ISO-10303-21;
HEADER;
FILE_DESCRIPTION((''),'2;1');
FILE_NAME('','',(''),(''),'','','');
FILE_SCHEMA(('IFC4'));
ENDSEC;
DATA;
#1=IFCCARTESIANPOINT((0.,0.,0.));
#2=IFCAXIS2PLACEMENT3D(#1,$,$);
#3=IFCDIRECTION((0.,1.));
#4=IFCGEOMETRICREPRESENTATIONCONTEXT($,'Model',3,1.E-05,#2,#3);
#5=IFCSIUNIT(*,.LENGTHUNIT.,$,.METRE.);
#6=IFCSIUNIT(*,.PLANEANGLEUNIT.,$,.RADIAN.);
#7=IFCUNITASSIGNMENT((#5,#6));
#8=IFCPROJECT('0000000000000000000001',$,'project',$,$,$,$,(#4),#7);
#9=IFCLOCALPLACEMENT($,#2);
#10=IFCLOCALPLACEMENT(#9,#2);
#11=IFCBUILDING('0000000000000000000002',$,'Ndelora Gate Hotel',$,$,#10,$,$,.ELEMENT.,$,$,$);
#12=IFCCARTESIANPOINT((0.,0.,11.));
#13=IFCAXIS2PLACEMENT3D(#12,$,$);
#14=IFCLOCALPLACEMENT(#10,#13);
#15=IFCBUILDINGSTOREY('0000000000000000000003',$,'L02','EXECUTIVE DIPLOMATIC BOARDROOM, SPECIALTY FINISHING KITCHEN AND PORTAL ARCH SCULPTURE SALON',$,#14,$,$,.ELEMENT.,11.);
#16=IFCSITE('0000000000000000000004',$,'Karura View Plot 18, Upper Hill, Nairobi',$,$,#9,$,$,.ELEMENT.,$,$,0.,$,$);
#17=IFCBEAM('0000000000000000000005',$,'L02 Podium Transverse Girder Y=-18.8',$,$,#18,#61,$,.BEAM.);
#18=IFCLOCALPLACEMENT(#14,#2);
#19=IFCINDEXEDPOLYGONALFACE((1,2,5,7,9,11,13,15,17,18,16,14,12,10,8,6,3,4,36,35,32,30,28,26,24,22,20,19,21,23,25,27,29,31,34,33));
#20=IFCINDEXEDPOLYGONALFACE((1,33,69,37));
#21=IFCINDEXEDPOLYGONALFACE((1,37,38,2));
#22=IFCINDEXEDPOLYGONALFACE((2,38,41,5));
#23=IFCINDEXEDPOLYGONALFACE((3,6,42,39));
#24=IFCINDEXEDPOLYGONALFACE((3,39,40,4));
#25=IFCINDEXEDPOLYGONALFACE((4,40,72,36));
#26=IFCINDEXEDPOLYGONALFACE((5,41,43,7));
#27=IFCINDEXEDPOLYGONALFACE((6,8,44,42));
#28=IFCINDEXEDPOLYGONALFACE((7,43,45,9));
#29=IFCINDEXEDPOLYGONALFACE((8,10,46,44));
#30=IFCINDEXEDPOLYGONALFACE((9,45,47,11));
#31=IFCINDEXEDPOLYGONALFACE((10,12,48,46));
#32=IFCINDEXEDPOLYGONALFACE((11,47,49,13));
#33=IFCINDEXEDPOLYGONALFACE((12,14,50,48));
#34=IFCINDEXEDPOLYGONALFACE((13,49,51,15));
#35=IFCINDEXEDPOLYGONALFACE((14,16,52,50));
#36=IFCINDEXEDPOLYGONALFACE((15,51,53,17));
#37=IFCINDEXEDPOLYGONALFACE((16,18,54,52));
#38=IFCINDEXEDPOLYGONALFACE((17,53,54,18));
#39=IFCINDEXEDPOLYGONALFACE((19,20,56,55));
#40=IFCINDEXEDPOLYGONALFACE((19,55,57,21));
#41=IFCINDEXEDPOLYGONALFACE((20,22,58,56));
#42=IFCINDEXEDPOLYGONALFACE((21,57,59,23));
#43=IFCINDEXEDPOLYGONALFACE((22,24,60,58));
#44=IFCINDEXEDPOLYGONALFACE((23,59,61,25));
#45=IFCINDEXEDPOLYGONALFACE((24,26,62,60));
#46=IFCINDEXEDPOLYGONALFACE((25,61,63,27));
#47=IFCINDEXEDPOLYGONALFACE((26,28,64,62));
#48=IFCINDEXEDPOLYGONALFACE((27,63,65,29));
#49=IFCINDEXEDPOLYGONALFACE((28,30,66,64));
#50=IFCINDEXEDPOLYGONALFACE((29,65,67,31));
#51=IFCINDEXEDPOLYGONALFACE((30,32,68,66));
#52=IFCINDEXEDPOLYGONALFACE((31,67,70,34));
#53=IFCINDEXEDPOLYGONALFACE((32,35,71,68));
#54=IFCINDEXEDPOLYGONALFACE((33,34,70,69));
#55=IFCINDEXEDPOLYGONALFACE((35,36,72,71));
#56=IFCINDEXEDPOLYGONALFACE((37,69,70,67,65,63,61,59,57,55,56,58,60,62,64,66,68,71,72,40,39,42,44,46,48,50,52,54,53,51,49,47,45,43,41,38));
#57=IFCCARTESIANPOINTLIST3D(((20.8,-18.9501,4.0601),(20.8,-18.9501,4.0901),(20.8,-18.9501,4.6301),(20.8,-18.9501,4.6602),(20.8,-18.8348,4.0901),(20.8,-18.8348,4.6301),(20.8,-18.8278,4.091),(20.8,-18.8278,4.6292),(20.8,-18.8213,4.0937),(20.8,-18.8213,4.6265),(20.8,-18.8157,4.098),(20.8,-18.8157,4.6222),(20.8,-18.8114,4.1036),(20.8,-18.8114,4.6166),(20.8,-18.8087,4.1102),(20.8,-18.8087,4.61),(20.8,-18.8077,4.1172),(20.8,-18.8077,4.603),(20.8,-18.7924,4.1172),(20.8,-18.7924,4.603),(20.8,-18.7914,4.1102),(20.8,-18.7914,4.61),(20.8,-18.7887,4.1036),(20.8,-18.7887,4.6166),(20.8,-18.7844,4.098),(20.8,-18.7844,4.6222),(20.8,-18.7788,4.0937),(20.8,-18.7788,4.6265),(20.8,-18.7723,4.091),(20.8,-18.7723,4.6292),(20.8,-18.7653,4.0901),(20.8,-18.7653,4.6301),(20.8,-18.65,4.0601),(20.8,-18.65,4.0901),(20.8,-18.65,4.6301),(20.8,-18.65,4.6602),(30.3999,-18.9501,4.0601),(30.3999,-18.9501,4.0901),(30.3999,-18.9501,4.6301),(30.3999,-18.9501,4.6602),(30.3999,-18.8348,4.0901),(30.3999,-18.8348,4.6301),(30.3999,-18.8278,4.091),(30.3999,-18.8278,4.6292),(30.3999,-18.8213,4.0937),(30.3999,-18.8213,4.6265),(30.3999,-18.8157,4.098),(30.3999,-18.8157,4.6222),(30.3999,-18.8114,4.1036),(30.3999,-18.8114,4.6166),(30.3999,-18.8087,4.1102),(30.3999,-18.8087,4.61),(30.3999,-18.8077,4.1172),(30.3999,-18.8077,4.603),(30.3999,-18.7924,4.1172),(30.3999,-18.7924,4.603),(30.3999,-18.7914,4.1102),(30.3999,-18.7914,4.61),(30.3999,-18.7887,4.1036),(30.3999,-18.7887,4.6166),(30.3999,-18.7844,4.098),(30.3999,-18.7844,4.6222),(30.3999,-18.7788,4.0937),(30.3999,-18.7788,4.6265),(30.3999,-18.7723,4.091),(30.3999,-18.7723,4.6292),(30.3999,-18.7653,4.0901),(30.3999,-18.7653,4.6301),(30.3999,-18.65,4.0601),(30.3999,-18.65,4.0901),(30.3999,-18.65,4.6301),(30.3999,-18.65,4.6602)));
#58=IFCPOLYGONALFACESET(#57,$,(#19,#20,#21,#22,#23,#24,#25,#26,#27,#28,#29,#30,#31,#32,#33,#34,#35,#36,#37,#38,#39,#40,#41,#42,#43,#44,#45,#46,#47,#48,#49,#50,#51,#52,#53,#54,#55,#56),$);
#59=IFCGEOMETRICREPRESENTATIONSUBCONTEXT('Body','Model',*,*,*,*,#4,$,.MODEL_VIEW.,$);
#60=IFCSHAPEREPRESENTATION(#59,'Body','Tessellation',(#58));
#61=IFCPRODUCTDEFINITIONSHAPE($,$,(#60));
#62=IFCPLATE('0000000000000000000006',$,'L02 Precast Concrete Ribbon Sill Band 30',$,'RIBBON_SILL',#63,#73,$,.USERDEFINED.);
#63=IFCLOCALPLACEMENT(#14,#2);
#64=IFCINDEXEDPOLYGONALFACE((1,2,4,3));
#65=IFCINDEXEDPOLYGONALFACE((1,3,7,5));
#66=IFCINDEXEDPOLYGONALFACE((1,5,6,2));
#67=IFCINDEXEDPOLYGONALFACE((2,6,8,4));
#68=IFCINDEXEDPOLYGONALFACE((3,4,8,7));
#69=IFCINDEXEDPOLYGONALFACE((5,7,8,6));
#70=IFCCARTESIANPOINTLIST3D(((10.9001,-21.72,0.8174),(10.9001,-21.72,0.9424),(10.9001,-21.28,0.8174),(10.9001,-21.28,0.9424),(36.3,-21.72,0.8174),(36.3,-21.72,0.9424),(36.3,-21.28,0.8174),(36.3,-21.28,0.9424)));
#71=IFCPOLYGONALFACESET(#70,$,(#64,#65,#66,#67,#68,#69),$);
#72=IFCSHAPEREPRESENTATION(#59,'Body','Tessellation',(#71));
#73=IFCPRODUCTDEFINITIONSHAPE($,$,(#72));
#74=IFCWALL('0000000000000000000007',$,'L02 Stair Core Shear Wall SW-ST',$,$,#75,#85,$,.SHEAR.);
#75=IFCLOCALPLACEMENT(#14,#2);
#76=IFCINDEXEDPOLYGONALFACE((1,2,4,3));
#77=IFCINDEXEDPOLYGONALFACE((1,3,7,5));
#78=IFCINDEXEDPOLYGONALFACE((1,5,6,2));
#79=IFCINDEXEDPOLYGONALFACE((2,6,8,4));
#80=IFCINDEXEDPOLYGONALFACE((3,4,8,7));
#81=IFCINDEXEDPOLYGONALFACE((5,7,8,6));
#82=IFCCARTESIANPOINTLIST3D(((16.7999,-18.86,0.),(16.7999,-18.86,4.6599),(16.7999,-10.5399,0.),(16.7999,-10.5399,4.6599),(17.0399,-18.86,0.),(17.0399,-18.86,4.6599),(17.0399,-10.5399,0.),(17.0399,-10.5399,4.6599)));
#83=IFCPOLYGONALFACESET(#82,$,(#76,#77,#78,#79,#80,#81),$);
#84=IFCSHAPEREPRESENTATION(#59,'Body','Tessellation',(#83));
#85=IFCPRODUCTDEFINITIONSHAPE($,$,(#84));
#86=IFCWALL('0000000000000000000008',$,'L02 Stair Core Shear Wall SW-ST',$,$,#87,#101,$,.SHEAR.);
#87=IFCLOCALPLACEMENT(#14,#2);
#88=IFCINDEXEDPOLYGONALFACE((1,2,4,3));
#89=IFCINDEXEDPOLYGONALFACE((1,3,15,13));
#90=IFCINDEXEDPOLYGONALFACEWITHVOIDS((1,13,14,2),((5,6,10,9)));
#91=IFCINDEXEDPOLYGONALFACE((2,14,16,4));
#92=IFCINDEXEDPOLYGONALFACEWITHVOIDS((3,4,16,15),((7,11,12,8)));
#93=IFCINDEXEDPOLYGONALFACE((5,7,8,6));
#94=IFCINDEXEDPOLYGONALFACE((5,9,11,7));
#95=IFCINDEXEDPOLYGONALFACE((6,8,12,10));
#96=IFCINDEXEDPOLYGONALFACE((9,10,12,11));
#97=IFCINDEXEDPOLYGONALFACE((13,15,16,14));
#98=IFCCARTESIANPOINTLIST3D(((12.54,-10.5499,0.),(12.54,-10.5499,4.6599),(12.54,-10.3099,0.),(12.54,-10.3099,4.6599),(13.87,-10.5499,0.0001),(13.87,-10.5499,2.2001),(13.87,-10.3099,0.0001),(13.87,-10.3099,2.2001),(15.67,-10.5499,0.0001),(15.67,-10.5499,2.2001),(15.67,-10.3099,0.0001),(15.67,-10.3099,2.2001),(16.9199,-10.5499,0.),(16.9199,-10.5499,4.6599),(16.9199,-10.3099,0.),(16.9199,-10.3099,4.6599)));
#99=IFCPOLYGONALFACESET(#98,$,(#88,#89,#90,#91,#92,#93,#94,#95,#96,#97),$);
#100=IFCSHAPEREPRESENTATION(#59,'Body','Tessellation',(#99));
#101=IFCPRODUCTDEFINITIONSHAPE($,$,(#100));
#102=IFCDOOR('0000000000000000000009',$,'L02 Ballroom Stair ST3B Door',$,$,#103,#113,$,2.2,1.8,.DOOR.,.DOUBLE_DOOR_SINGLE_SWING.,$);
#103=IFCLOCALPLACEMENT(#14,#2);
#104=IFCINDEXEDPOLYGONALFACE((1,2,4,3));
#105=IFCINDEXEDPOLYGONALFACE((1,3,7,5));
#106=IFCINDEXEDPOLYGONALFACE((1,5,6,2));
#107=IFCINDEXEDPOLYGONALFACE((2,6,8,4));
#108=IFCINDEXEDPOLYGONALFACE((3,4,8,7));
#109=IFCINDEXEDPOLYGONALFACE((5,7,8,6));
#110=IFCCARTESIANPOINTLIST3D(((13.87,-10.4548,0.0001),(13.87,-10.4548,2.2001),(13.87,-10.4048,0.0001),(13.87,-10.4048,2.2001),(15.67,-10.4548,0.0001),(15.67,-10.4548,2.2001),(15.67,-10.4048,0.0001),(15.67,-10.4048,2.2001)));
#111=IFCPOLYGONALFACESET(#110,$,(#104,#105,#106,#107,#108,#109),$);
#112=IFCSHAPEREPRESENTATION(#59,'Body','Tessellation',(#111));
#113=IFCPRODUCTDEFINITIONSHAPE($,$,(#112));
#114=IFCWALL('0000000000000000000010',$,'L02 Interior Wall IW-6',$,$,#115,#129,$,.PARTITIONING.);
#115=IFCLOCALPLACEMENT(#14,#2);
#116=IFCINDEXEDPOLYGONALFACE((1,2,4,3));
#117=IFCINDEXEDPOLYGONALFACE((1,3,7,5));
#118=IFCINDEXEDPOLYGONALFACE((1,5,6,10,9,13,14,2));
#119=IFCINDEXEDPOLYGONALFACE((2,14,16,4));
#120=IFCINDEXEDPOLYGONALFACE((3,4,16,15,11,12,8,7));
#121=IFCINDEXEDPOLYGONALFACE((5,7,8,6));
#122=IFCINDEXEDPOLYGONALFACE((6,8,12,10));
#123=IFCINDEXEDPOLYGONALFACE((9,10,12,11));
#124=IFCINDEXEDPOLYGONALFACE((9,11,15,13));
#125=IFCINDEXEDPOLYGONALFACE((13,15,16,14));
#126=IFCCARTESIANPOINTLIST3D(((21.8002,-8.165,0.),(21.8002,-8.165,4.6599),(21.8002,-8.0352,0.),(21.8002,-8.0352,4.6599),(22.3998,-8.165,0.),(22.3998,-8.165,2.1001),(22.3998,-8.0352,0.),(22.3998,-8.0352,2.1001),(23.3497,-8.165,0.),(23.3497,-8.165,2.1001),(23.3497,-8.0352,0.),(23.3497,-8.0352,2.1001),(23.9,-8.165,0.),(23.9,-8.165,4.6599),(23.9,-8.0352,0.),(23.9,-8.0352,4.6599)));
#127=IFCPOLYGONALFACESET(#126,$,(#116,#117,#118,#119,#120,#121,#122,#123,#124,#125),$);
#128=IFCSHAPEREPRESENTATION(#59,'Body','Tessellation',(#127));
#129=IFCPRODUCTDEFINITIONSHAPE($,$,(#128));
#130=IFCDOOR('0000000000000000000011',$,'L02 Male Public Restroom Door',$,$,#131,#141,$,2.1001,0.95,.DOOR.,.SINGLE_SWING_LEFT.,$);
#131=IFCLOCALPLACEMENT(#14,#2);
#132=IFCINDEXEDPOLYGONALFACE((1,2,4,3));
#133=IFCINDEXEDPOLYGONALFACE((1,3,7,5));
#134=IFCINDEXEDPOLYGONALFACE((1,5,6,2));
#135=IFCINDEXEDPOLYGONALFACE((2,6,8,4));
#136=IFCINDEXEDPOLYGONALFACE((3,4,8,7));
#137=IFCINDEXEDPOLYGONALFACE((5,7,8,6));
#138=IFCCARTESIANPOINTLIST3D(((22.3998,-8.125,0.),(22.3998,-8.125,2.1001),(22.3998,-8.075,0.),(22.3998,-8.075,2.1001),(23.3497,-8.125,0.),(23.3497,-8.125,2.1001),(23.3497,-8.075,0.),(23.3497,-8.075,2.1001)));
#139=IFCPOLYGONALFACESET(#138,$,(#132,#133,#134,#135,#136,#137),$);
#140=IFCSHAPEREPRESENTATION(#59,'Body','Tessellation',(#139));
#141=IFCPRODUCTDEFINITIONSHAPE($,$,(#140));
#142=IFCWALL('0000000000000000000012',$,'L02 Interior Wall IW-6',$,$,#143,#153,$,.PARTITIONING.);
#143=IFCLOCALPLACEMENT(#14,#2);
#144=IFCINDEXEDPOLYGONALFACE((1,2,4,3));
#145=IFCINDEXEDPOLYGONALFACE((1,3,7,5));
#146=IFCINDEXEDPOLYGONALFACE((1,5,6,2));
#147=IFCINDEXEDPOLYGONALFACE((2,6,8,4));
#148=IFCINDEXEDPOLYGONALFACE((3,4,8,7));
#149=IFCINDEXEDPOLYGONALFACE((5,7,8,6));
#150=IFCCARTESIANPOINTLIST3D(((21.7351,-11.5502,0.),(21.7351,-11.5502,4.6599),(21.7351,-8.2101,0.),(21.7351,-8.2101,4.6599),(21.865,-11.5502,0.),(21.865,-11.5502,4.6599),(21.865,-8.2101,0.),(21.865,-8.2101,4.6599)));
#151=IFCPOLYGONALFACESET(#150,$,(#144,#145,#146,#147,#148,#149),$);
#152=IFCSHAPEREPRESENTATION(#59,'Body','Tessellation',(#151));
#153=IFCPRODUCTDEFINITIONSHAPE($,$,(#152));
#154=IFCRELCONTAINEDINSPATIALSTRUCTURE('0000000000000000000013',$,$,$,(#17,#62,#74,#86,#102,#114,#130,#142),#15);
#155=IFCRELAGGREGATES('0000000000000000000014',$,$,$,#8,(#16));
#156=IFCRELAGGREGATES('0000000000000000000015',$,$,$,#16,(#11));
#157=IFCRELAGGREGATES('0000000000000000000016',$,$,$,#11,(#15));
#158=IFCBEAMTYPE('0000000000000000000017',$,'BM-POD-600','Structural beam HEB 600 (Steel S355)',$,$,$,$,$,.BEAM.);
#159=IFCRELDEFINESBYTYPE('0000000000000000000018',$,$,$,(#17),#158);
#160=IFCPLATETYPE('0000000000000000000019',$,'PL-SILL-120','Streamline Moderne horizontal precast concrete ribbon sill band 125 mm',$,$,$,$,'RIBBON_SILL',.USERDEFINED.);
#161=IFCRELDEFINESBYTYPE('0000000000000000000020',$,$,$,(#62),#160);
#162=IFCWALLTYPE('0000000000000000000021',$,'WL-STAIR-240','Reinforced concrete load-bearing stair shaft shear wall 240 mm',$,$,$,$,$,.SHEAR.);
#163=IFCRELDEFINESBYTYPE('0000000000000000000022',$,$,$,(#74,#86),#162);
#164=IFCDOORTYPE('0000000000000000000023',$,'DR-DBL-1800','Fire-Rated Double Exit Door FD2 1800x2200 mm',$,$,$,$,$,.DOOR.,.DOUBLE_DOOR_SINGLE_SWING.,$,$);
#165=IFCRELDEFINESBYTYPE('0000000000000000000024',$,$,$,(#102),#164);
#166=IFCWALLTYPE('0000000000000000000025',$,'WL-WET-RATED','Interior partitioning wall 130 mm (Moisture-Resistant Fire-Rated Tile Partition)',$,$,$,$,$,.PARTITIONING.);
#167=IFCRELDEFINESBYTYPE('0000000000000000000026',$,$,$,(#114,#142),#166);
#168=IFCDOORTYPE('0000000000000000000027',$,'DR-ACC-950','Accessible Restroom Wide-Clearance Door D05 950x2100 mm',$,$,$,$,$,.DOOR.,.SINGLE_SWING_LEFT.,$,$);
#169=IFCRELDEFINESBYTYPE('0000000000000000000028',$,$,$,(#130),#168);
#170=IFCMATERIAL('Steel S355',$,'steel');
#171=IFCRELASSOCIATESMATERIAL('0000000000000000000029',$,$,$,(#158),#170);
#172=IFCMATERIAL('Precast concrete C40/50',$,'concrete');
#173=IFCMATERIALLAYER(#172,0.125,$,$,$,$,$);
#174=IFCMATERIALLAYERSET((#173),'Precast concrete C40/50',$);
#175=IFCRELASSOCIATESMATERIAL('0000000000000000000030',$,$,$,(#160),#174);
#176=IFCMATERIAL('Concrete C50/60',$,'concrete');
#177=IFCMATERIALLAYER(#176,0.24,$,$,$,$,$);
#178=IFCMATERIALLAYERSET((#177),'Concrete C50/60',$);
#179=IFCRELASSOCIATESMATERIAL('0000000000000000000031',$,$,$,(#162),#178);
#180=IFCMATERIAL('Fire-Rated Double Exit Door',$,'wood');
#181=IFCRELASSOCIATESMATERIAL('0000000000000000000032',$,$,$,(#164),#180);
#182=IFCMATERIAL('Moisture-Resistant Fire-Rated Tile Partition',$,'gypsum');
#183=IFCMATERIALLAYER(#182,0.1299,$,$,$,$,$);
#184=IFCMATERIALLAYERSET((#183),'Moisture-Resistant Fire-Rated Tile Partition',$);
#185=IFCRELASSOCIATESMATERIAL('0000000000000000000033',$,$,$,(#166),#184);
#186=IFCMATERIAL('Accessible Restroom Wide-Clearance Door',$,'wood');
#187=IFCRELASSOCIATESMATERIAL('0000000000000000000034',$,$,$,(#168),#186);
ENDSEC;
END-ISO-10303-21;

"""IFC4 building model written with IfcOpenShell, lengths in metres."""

from ifc_helpers import new_model, si_unit, direction, frame, frame_2d, origin, origin_2d, place, context, subcontext, project, spatial, rectangle, i_section, extrude, material, layer, layer_set, material_profile, profile_set, type_object, element, fill, save


model = new_model("IFC4")

# Units and contexts
model_context = context("Model", 3, precision=1e-05, world=origin(), true_north=direction((0.0, 1.0)))
body_context = subcontext(model_context, "Body", "Model", "MODEL_VIEW")
ifc_project = project(units=[si_unit("LENGTHUNIT", "METRE"), si_unit("PLANEANGLEUNIT", "RADIAN")], contexts=[model_context])

# Site, building, storey
site_placement = place(None, origin())
site = spatial("IfcSite", under=ifc_project, at=site_placement, Name="Karura View Plot 18, Upper Hill, Nairobi", CompositionType="ELEMENT", RefElevation=0.0)
building_placement = place(site_placement, origin())
building = spatial("IfcBuilding", under=site, at=building_placement, Name="Ndelora Gate Hotel", CompositionType="ELEMENT")
storey_placement = place(building_placement, frame((0.0, 0.0, 11.0)))
storey = spatial("IfcBuildingStorey", under=building, at=storey_placement, Name="L02", Description="EXECUTIVE DIPLOMATIC BOARDROOM, SPECIALTY FINISHING KITCHEN AND PORTAL ARCH SCULPTURE SALON", CompositionType="ELEMENT", Elevation=11.0)

# Shared definitions
ifc_material_1 = material(Name="Concrete C50/60", Category="concrete")

# Beam
ifc_material_2 = material(Name="Steel S355", Category="steel")
ifc_material_profile_1 = material_profile(ifc_material_2, i_section(OverallWidth=0.3, OverallDepth=0.6001, WebThickness=0.0154, FlangeThickness=0.03, FilletRadius=0.0271, at=origin_2d()), Name="HEB 600")
ifc_profile_set_1 = profile_set([ifc_material_profile_1], Name="Steel S355")
beam_type_1 = type_object("IfcBeamType", Name="BM-POD-600", Description="Structural beam HEB 600 (Steel S355)", PredefinedType="BEAM", material=ifc_profile_set_1)
beam_1_placement = place(storey_placement, frame((20.8, -18.8, 4.3601), z_axis=(1.0, 0.0, 0.0), x_axis=(0.0, 1.0, 0.0)))
element("IfcBeam", 1, at=beam_1_placement, inside=storey, type_object=beam_type_1, Name="L02 Podium Transverse Girder Y=-18.8", PredefinedType="BEAM", context=body_context, shape_type="SweptSolid", body=[
    extrude(i_section(OverallWidth=0.3, OverallDepth=0.6001, WebThickness=0.0154, FlangeThickness=0.03, FilletRadius=0.0271, at=origin_2d()), origin(), (0.0, 0.0, 1.0), 9.5999),
])

# Plate
ifc_material_3 = material(Name="Precast concrete C40/50", Category="concrete")
ifc_layer_1 = layer(ifc_material_3, 0.125)
ifc_layer_set_1 = layer_set([ifc_layer_1], Name="Precast concrete C40/50")
plate_type = type_object("IfcPlateType", Name="PL-SILL-120", Description="Streamline Moderne horizontal precast concrete ribbon sill band 125 mm", ElementType="RIBBON_SILL", PredefinedType="USERDEFINED", material=ifc_layer_set_1)
plate_placement = place(storey_placement, frame((23.6001, -21.5, 0.8174), z_axis=(0.0, 0.0, 1.0), x_axis=(1.0, 0.0, 0.0)))
element("IfcPlate", 2, at=plate_placement, inside=storey, type_object=plate_type, Name="L02 Precast Concrete Ribbon Sill Band 30", ObjectType="RIBBON_SILL", PredefinedType="USERDEFINED", context=body_context, shape_type="SweptSolid", body=[
    extrude(rectangle(XDim=25.3999, YDim=0.4399, at=origin_2d()), origin(), (0.0, 0.0, 1.0), 0.125),
])

# Wall
ifc_layer_2 = layer(ifc_material_1, 0.24)
ifc_layer_set_2 = layer_set([ifc_layer_2], Name="Concrete C50/60")
wall_type_1 = type_object("IfcWallType", Name="WL-STAIR-240", Description="Reinforced concrete load-bearing stair shaft shear wall 240 mm", PredefinedType="SHEAR", material=ifc_layer_set_2)
wall_1_placement = place(storey_placement, frame((16.9199, -18.8601, 0.0), z_axis=(0.0, 0.0, 1.0), x_axis=(0.0, 1.0, 0.0)))
element("IfcWall", 3, at=wall_1_placement, inside=storey, type_object=wall_type_1, Name="L02 Stair Core Shear Wall SW-ST", PredefinedType="SHEAR", context=body_context, shape_type="SweptSolid", body=[
    extrude(rectangle(XDim=8.3201, YDim=0.24, at=frame_2d((4.1602, 0.0))), origin(), (0.0, 0.0, 1.0), 4.6599),
])

# Walls, openings, doors
wall_2_placement = place(storey_placement, frame((16.9199, -10.4299, 0.0), z_axis=(0.0, 0.0, 1.0), x_axis=(-1.0, 0.0, 0.0)))
wall_2 = element("IfcWall", 4, at=wall_2_placement, inside=storey, type_object=wall_type_1, Name="L02 Stair Core Shear Wall SW-ST", PredefinedType="SHEAR", context=body_context, shape_type="SweptSolid", body=[
    extrude(rectangle(XDim=4.3799, YDim=0.24, at=frame_2d((2.1899, 0.0))), origin(), (0.0, 0.0, 1.0), 4.6599),
])
opening_1_placement = place(wall_2_placement, frame((1.25, 0.0, 0.0)))
opening_1 = element("IfcOpeningElement", 5, at=opening_1_placement, cuts=wall_2, PredefinedType="OPENING", context=body_context, shape_type="SweptSolid", body=[
    extrude(rectangle(XDim=1.8, YDim=2.2, at=frame_2d((0.8999, 1.1001))), frame((0.0, 0.1299, 0.0), z_axis=(0.0, -1.0, 0.0), x_axis=(1.0, 0.0, 0.0)), (0.0, 0.0, 1.0), 0.26),
])
ifc_material_4 = material(Name="Fire-Rated Double Exit Door", Category="wood")
door_type_1 = type_object("IfcDoorType", Name="DR-DBL-1800", Description="Fire-Rated Double Exit Door FD2 1800x2200 mm", OperationType="DOUBLE_DOOR_SINGLE_SWING", PredefinedType="DOOR", material=ifc_material_4)
door_1_placement = place(opening_1_placement, origin())
door_1 = element("IfcDoor", 6, at=door_1_placement, inside=storey, type_object=door_type_1, Name="L02 Ballroom Stair ST3B Door", OperationType="DOUBLE_DOOR_SINGLE_SWING", OverallHeight=2.2, OverallWidth=1.8, PredefinedType="DOOR", context=body_context, shape_type="SweptSolid", body=[
    extrude(rectangle(XDim=1.8, YDim=2.2, at=frame_2d((0.8999, 1.1001))), frame((0.0, 0.0249, 0.0), z_axis=(0.0, -1.0, 0.0), x_axis=(1.0, 0.0, 0.0)), (0.0, 0.0, 1.0), 0.05),
])
fill(opening_1, door_1)
ifc_material_5 = material(Name="Moisture-Resistant Fire-Rated Tile Partition", Category="gypsum")
ifc_layer_3 = layer(ifc_material_5, 0.1299)
ifc_layer_set_3 = layer_set([ifc_layer_3], Name="Moisture-Resistant Fire-Rated Tile Partition")
wall_type_2 = type_object("IfcWallType", Name="WL-WET-RATED", Description="Interior partitioning wall 130 mm (Moisture-Resistant Fire-Rated Tile Partition)", PredefinedType="PARTITIONING", material=ifc_layer_set_3)
wall_3_placement = place(storey_placement, frame((23.8999, -8.1001, 0.0), z_axis=(0.0, 0.0, 1.0), x_axis=(-1.0, 0.0, 0.0)))
wall_3 = element("IfcWall", 7, at=wall_3_placement, inside=storey, type_object=wall_type_2, Name="L02 Interior Wall IW-6", PredefinedType="PARTITIONING", context=body_context, shape_type="SweptSolid", body=[
    extrude(rectangle(XDim=2.0999, YDim=0.1299, at=frame_2d((1.0498, 0.0))), origin(), (0.0, 0.0, 1.0), 4.6599),
])
opening_2_placement = place(wall_3_placement, frame((0.55, 0.0, 0.0)))
opening_2 = element("IfcOpeningElement", 8, at=opening_2_placement, cuts=wall_3, PredefinedType="OPENING", context=body_context, shape_type="SweptSolid", body=[
    extrude(rectangle(XDim=0.95, YDim=2.1001, at=frame_2d((0.4751, 1.05))), frame((0.0, 0.075, 0.0), z_axis=(0.0, -1.0, 0.0), x_axis=(1.0, 0.0, 0.0)), (0.0, 0.0, 1.0), 0.1499),
])
ifc_material_6 = material(Name="Accessible Restroom Wide-Clearance Door", Category="wood")
door_type_2 = type_object("IfcDoorType", Name="DR-ACC-950", Description="Accessible Restroom Wide-Clearance Door D05 950x2100 mm", OperationType="SINGLE_SWING_LEFT", PredefinedType="DOOR", material=ifc_material_6)
door_2_placement = place(opening_2_placement, origin())
door_2 = element("IfcDoor", 9, at=door_2_placement, inside=storey, type_object=door_type_2, Name="L02 Male Public Restroom Door", OperationType="SINGLE_SWING_LEFT", OverallHeight=2.1001, OverallWidth=0.95, PredefinedType="DOOR", context=body_context, shape_type="SweptSolid", body=[
    extrude(rectangle(XDim=0.95, YDim=2.1001, at=frame_2d((0.4751, 1.05))), frame((0.0, 0.0249, 0.0), z_axis=(0.0, -1.0, 0.0), x_axis=(1.0, 0.0, 0.0)), (0.0, 0.0, 1.0), 0.05),
])
fill(opening_2, door_2)

# Wall
wall_4_placement = place(storey_placement, frame((21.8, -11.55, 0.0), z_axis=(0.0, 0.0, 1.0), x_axis=(0.0, 1.0, 0.0)))
element("IfcWall", 10, at=wall_4_placement, inside=storey, type_object=wall_type_2, Name="L02 Interior Wall IW-6", PredefinedType="PARTITIONING", context=body_context, shape_type="SweptSolid", body=[
    extrude(rectangle(XDim=3.3401, YDim=0.1299, at=frame_2d((1.6699, 0.0))), origin(), (0.0, 0.0, 1.0), 4.6599),
])

save(model, "model.ifc")
